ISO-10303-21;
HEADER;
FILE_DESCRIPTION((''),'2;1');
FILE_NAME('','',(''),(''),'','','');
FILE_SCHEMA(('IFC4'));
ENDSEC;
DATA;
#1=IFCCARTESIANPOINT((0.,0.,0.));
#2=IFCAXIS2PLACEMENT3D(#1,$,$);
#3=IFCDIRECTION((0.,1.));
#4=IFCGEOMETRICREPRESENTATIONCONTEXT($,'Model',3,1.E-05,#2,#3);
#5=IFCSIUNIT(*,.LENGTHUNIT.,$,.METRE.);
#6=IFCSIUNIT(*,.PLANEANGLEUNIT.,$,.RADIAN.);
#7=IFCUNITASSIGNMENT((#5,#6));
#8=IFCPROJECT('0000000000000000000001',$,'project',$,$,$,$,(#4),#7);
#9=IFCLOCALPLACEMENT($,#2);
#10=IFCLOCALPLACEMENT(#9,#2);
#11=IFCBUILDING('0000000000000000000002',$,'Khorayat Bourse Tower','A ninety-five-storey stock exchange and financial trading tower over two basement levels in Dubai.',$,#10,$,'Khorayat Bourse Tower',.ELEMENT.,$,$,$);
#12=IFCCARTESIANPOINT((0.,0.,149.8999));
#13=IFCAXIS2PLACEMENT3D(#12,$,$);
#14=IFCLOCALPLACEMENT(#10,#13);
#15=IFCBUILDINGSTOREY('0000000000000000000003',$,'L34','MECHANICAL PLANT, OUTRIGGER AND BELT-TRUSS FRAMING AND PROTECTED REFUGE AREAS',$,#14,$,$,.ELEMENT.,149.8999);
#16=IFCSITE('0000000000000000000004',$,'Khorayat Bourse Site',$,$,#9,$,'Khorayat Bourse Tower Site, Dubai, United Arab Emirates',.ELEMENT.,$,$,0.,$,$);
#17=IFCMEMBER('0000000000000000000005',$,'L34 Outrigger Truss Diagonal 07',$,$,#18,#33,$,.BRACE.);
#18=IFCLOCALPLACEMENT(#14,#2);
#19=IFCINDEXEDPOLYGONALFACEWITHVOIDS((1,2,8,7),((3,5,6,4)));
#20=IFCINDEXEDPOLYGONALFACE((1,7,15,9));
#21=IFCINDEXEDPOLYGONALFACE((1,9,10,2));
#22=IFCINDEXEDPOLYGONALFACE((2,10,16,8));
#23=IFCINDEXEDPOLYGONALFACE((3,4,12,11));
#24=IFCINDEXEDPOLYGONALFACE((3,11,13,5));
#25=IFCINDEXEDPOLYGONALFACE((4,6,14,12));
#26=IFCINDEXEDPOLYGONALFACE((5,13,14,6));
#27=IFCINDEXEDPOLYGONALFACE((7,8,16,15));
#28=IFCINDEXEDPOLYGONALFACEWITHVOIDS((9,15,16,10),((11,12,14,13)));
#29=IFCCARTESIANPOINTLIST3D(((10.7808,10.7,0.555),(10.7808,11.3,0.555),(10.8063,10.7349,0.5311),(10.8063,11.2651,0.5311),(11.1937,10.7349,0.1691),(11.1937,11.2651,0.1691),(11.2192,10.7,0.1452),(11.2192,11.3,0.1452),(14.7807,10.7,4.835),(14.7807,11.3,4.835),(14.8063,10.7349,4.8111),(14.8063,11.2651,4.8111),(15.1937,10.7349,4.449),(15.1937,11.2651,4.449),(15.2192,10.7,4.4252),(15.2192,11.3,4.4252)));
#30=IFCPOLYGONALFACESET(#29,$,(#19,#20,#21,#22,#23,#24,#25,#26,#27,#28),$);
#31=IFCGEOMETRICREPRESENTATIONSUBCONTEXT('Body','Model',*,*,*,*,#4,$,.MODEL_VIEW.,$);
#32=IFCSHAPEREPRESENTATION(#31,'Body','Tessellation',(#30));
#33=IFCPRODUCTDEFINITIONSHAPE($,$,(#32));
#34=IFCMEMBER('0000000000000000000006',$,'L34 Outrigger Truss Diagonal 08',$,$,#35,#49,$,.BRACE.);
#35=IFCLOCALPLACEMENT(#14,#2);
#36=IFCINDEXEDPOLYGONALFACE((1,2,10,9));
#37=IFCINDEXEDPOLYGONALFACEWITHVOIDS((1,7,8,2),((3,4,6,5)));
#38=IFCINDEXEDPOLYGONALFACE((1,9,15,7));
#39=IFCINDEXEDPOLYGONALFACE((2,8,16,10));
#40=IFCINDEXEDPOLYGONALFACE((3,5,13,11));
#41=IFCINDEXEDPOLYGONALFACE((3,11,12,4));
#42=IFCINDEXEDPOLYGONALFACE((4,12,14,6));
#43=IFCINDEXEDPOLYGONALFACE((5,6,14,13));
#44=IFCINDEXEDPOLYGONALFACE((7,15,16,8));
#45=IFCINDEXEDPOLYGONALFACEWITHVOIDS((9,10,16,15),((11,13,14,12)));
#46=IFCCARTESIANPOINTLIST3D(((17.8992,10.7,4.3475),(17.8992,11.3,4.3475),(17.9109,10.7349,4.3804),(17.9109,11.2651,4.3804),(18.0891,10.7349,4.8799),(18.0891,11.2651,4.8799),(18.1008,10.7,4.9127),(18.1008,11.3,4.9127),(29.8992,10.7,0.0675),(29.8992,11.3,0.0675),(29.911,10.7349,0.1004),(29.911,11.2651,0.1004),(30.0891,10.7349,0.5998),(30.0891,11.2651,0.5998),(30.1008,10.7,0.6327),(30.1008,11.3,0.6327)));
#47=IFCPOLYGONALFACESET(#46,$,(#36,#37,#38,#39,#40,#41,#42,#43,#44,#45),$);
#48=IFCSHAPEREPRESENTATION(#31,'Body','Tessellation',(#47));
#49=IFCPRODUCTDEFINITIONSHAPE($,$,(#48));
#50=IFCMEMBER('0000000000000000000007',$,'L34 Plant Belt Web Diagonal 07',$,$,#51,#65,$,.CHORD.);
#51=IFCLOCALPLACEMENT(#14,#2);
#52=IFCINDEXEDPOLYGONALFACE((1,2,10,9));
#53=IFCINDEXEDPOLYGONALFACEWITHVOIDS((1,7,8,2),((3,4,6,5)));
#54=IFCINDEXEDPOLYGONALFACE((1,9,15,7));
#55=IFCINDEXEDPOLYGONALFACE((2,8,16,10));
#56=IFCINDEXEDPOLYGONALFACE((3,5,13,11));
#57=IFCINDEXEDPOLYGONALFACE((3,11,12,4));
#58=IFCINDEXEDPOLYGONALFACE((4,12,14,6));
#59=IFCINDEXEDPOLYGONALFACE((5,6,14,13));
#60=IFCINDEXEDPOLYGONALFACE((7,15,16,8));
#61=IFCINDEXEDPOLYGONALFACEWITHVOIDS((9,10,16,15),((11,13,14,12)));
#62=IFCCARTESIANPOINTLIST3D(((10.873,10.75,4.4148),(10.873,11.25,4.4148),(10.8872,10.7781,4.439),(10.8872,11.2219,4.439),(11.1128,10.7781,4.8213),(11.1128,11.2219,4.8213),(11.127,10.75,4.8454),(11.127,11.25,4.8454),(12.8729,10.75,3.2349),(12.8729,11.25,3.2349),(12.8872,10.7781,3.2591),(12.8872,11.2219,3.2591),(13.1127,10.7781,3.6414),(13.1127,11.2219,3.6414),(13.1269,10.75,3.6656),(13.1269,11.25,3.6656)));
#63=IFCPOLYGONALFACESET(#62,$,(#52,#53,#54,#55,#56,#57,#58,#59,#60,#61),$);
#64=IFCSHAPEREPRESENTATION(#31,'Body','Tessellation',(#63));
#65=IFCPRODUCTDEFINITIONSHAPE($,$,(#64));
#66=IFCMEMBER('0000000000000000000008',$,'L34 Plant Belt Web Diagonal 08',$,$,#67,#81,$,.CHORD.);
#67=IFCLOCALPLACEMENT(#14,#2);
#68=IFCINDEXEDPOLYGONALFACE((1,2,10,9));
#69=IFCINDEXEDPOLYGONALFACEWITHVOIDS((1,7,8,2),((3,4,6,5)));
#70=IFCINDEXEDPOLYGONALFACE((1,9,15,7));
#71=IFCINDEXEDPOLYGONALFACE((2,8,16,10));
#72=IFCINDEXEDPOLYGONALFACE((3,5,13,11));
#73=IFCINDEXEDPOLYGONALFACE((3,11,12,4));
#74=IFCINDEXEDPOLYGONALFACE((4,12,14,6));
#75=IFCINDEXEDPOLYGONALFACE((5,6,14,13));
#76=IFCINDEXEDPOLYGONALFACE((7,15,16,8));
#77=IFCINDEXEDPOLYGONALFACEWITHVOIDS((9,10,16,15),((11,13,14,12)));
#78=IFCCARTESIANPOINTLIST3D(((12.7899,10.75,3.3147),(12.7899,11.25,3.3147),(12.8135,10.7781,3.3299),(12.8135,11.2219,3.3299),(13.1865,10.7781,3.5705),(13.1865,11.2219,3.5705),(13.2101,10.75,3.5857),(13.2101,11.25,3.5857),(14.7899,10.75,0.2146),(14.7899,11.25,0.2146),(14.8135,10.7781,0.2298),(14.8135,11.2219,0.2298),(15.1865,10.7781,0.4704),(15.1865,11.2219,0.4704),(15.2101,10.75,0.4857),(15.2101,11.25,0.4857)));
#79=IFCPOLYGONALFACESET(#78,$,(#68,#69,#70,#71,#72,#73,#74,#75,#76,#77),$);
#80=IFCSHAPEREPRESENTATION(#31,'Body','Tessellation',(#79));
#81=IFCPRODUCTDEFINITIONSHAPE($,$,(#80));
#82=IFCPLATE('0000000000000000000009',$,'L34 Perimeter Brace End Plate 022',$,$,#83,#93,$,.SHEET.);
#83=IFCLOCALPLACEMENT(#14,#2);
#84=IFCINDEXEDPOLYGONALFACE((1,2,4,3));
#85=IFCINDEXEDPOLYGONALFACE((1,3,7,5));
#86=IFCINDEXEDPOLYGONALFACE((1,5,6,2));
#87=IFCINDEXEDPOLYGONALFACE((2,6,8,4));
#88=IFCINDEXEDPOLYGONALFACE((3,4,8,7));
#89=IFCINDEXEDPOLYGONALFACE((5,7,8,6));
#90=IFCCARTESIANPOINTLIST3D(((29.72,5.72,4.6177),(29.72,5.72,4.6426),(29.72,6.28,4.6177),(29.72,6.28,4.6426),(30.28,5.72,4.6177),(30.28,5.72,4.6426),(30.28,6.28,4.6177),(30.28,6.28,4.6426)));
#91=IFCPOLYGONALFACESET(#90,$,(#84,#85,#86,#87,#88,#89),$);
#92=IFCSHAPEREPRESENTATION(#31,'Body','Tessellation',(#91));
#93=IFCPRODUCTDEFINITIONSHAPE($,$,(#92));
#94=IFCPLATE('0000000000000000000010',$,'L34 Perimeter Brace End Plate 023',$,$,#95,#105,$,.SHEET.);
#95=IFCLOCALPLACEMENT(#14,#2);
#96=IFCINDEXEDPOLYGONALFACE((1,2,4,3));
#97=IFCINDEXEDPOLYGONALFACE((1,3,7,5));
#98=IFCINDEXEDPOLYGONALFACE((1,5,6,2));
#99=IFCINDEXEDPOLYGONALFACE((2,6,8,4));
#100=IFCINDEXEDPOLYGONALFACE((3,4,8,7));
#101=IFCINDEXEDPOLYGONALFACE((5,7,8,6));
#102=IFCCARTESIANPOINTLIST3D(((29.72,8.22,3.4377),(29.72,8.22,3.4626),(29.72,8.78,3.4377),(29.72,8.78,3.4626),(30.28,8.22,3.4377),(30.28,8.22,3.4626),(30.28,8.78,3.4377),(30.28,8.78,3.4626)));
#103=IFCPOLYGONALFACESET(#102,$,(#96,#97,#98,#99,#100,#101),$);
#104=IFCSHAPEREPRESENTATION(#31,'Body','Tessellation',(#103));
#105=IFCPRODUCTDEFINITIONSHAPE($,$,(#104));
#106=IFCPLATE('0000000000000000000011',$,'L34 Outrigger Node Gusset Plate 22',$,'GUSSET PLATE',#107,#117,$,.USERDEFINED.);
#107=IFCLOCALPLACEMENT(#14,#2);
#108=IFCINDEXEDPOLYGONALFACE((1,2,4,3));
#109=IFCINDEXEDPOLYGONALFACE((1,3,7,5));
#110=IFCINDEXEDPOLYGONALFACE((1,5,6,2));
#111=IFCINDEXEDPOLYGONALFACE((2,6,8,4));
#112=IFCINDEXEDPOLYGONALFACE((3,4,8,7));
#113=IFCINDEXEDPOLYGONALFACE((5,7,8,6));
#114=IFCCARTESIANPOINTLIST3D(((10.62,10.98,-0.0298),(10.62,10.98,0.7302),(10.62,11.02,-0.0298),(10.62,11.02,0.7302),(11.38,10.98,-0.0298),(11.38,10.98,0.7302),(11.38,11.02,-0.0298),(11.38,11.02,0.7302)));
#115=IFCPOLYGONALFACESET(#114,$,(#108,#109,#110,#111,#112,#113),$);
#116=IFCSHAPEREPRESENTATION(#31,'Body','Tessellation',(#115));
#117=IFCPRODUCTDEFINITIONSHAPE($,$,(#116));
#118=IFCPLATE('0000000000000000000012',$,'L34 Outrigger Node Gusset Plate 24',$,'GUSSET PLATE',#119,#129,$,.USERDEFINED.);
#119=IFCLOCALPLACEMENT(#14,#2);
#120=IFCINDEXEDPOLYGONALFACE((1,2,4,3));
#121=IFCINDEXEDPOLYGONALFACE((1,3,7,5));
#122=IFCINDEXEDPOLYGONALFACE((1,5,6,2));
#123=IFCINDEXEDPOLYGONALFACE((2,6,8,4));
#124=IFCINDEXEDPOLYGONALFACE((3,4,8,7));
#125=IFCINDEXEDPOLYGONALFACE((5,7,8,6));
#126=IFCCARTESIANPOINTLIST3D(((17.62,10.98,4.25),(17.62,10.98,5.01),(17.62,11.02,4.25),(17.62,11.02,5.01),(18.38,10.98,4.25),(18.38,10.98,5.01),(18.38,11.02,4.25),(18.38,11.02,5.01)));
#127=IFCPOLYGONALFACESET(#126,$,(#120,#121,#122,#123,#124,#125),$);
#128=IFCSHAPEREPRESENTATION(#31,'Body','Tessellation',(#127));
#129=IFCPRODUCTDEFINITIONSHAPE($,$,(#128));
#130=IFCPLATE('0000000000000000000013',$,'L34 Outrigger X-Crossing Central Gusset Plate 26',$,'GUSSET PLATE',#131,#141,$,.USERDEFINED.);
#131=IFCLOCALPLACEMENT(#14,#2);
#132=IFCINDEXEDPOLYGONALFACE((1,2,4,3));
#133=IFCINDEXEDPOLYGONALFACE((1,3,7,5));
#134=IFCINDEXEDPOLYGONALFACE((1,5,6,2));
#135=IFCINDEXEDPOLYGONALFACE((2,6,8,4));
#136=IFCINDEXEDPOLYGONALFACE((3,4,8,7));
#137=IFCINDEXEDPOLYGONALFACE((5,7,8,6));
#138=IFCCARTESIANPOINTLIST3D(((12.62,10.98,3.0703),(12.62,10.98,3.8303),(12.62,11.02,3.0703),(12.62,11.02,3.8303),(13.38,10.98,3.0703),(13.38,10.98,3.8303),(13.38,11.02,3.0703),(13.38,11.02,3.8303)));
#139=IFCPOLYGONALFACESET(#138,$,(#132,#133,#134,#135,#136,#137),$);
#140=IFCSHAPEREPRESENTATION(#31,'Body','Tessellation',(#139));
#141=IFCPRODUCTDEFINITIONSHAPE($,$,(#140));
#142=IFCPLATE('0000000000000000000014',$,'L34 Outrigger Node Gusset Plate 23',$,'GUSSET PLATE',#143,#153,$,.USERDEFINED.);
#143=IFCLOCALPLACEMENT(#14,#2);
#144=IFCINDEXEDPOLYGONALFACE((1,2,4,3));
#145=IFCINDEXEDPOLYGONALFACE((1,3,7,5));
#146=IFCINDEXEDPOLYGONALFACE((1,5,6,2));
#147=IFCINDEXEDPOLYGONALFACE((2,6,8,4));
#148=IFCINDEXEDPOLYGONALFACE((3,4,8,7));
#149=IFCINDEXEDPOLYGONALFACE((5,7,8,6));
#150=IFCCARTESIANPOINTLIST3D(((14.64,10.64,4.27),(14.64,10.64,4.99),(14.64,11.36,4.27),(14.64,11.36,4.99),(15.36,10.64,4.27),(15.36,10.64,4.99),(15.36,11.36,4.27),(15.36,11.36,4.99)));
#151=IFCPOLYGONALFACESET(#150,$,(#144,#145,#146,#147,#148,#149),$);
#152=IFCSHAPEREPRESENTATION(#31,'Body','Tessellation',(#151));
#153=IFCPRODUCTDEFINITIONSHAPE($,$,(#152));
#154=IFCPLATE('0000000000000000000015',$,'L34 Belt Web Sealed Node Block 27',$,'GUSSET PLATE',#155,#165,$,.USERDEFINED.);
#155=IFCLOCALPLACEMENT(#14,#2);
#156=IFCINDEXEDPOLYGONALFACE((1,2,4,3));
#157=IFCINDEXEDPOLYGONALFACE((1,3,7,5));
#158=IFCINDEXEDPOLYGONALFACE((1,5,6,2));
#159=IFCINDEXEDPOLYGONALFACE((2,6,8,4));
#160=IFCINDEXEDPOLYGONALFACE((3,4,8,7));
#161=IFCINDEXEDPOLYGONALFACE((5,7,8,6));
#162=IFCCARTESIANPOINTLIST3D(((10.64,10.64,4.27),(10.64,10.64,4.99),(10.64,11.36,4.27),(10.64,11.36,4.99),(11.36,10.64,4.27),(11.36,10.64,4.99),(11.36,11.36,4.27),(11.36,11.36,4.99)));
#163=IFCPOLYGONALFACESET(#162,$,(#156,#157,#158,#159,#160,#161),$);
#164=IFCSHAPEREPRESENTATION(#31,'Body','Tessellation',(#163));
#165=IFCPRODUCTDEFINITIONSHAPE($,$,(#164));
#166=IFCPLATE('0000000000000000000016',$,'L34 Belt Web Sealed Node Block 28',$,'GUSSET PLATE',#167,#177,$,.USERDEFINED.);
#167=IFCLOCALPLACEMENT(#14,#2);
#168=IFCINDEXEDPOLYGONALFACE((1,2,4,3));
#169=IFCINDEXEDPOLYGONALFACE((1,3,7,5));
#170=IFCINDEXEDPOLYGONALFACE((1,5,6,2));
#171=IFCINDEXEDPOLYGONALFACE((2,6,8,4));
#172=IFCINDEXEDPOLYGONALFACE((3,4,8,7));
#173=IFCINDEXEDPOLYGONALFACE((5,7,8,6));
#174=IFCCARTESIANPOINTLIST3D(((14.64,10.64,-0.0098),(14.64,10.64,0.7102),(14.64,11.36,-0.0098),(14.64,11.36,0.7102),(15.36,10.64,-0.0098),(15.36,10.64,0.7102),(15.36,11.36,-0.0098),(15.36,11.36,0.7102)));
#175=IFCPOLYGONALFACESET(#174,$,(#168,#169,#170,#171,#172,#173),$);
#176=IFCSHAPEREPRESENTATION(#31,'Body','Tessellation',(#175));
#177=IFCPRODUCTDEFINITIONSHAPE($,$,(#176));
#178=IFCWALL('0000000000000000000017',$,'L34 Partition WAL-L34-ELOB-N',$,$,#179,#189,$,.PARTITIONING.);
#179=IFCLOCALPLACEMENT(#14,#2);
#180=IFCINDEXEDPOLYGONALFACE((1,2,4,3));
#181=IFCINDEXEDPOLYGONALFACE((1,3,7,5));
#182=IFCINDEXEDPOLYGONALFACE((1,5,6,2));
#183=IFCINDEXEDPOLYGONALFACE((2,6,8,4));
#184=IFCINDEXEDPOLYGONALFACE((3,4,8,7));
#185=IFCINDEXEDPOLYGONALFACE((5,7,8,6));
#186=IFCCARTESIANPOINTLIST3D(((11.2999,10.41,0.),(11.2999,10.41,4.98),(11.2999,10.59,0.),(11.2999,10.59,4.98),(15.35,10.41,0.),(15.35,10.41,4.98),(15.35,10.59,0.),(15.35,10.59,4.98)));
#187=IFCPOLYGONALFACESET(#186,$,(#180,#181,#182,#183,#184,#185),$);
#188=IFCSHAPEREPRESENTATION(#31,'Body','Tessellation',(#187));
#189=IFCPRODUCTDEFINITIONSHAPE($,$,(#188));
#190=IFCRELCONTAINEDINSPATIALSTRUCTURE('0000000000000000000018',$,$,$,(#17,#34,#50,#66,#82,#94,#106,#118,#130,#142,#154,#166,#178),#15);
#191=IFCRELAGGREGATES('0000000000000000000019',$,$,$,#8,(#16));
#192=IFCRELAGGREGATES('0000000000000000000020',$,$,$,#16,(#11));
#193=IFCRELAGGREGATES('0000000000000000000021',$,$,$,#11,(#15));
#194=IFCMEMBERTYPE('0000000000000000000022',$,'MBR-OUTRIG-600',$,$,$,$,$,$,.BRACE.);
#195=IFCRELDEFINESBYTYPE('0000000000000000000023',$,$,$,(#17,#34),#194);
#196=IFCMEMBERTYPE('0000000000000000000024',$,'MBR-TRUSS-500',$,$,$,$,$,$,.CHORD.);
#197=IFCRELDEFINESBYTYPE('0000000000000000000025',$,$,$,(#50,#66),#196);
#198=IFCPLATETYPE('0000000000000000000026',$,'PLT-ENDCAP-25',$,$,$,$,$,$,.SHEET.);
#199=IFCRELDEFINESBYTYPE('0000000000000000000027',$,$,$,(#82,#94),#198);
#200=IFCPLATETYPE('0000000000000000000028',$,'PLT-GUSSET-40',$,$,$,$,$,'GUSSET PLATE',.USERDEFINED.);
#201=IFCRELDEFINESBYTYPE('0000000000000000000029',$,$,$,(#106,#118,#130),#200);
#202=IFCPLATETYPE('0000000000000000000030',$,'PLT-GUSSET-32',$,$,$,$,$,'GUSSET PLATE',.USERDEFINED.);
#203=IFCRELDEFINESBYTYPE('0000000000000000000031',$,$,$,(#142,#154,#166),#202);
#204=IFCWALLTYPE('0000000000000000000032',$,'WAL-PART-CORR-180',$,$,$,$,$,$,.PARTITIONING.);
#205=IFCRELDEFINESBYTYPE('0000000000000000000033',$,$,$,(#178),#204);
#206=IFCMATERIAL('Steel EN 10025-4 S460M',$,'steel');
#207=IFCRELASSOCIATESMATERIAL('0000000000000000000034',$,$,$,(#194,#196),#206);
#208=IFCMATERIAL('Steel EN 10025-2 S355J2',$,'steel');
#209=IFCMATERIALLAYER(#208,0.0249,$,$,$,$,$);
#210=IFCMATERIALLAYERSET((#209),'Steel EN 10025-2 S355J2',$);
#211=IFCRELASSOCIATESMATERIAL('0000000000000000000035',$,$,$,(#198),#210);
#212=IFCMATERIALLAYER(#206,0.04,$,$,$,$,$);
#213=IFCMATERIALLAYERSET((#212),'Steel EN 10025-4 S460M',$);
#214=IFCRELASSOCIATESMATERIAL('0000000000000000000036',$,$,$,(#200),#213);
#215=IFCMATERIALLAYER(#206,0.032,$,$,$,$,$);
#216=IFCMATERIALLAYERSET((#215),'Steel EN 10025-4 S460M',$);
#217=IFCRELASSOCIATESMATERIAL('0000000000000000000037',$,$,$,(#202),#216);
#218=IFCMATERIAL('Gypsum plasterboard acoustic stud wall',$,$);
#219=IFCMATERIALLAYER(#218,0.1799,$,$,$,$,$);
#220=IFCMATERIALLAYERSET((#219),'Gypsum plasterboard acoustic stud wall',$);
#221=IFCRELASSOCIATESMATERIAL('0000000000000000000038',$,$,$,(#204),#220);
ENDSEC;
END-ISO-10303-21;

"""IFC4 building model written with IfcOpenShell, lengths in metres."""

from ifc_helpers import new_model, si_unit, direction, frame, frame_2d, origin, origin_2d, place, context, subcontext, project, spatial, rectangle, hollow_rectangle, extrude, source, transform, mapped, material, layer, layer_set, material_profile, profile_set, type_object, element, save


model = new_model("IFC4")

# Units and contexts
model_context = context("Model", 3, precision=1e-05, world=origin(), true_north=direction((0.0, 1.0)))
body_context = subcontext(model_context, "Body", "Model", "MODEL_VIEW")
ifc_project = project(units=[si_unit("LENGTHUNIT", "METRE"), si_unit("PLANEANGLEUNIT", "RADIAN")], contexts=[model_context])

# Site, building, storey
site_placement = place(None, origin())
site = spatial("IfcSite", under=ifc_project, at=site_placement, Name="Khorayat Bourse Site", LongName="Khorayat Bourse Tower Site, Dubai, United Arab Emirates", CompositionType="ELEMENT", RefElevation=0.0)
building_placement = place(site_placement, origin())
building = spatial("IfcBuilding", under=site, at=building_placement, Name="Khorayat Bourse Tower", Description="A ninety-five-storey stock exchange and financial trading tower over two basement levels in Dubai.", LongName="Khorayat Bourse Tower", CompositionType="ELEMENT")
storey_placement = place(building_placement, frame((0.0, 0.0, 149.8999)))
storey = spatial("IfcBuildingStorey", under=building, at=storey_placement, Name="L34", Description="MECHANICAL PLANT, OUTRIGGER AND BELT-TRUSS FRAMING AND PROTECTED REFUGE AREAS", CompositionType="ELEMENT", Elevation=149.8999)

# Shared definitions
ifc_material_1 = material(Name="Steel EN 10025-4 S460M", Category="steel")

# Members
ifc_material_profile_1 = material_profile(ifc_material_1, hollow_rectangle(XDim=0.6001, YDim=0.6001, WallThickness=0.0349, at=origin_2d()), Name="BOX 600x600x35")
ifc_profile_set_1 = profile_set([ifc_material_profile_1], Name="Steel EN 10025-4 S460M")
member_type_1 = type_object("IfcMemberType", Name="MBR-OUTRIG-600", PredefinedType="BRACE", material=ifc_profile_set_1)
shared_shape_1 = source(origin(), body_context, "Body", "SweptSolid", [
    extrude(hollow_rectangle(XDim=0.6001, YDim=0.6001, WallThickness=0.0349, at=origin_2d()), origin(), (0.0, 0.0, 1.0), 5.8582),
])
member_1_placement = place(storey_placement, frame((11.0, 11.0, 0.3501), z_axis=(0.682802, 0.0, 0.730603), x_axis=(0.0, 1.0, 0.0)))
element("IfcMember", 1, at=member_1_placement, inside=storey, type_object=member_type_1, Name="L34 Outrigger Truss Diagonal 07", PredefinedType="BRACE", context=body_context, shape_type="MappedRepresentation", body=[
    mapped(shared_shape_1, transform((0.0, 0.0, 0.0), scale=1.0)),
])
shared_shape_2 = source(origin(), body_context, "Body", "SweptSolid", [
    extrude(hollow_rectangle(XDim=0.6001, YDim=0.6001, WallThickness=0.0349, at=origin_2d()), origin(), (0.0, 0.0, 1.0), 12.7405),
])
member_2_placement = place(storey_placement, frame((18.0, 11.0, 4.6301), z_axis=(0.941883, 0.0, -0.335941), x_axis=(0.0, 1.0, 0.0)))
element("IfcMember", 2, at=member_2_placement, inside=storey, type_object=member_type_1, Name="L34 Outrigger Truss Diagonal 08", PredefinedType="BRACE", context=body_context, shape_type="MappedRepresentation", body=[
    mapped(shared_shape_2, transform((0.0, 0.0, 0.0), scale=1.0)),
])
ifc_material_profile_2 = material_profile(ifc_material_1, hollow_rectangle(XDim=0.5, YDim=0.5, WallThickness=0.0281, at=origin_2d()), Name="HSS 500x500x28")
ifc_profile_set_2 = profile_set([ifc_material_profile_2], Name="Steel EN 10025-4 S460M")
member_type_2 = type_object("IfcMemberType", Name="MBR-TRUSS-500", PredefinedType="CHORD", material=ifc_profile_set_2)
shared_shape_3 = source(origin(), body_context, "Body", "SweptSolid", [
    extrude(hollow_rectangle(XDim=0.5, YDim=0.5, WallThickness=0.0281, at=origin_2d()), origin(), (0.0, 0.0, 1.0), 2.322),
])
member_3_placement = place(storey_placement, frame((11.0, 11.0, 4.6301), z_axis=(0.861282, 0.0, -0.508127), x_axis=(0.0, 1.0, 0.0)))
element("IfcMember", 3, at=member_3_placement, inside=storey, type_object=member_type_2, Name="L34 Plant Belt Web Diagonal 07", PredefinedType="CHORD", context=body_context, shape_type="MappedRepresentation", body=[
    mapped(shared_shape_3, transform((0.0, 0.0, 0.0), scale=1.0)),
])
shared_shape_4 = source(origin(), body_context, "Body", "SweptSolid", [
    extrude(hollow_rectangle(XDim=0.5, YDim=0.5, WallThickness=0.0281, at=origin_2d()), origin(), (0.0, 0.0, 1.0), 3.6892),
])
member_4_placement = place(storey_placement, frame((13.0, 11.0, 3.4502), z_axis=(0.542115, 0.0, -0.840304), x_axis=(0.0, 1.0, 0.0)))
element("IfcMember", 4, at=member_4_placement, inside=storey, type_object=member_type_2, Name="L34 Plant Belt Web Diagonal 08", PredefinedType="CHORD", context=body_context, shape_type="MappedRepresentation", body=[
    mapped(shared_shape_4, transform((0.0, 0.0, 0.0), scale=1.0)),
])

# Plates
ifc_material_2 = material(Name="Steel EN 10025-2 S355J2", Category="steel")
ifc_layer_1 = layer(ifc_material_2, 0.0249)
ifc_layer_set_1 = layer_set([ifc_layer_1], Name="Steel EN 10025-2 S355J2")
plate_type_1 = type_object("IfcPlateType", Name="PLT-ENDCAP-25", PredefinedType="SHEET", material=ifc_layer_set_1)
shared_shape_5 = source(origin(), body_context, "Body", "SweptSolid", [
    extrude(rectangle(XDim=0.5601, YDim=0.5601, at=origin_2d()), origin(), (0.0, 0.0, 1.0), 0.0249),
])
for number, where, z_axis, x_axis, name in (
    (5, (30.0, 6.0, 4.6177), (0.0, 0.0, 1.0), (1.0, 0.0, 0.0), "L34 Perimeter Brace End Plate 022"),
    (6, (30.0, 8.5, 3.4377), (0.0, 0.0, 1.0), (1.0, 0.0, 0.0), "L34 Perimeter Brace End Plate 023"),
):
    element("IfcPlate", number, at=place(storey_placement, frame(where, z_axis=z_axis, x_axis=x_axis)), inside=storey, type_object=plate_type_1, Name=name, PredefinedType="SHEET", context=body_context, shape_type="MappedRepresentation", body=[
        mapped(shared_shape_5, transform((0.0, 0.0, 0.0), scale=1.0)),
    ])
ifc_layer_2 = layer(ifc_material_1, 0.04)
ifc_layer_set_2 = layer_set([ifc_layer_2], Name="Steel EN 10025-4 S460M")
plate_type_2 = type_object("IfcPlateType", Name="PLT-GUSSET-40", ElementType="GUSSET PLATE", PredefinedType="USERDEFINED", material=ifc_layer_set_2)
shared_shape_6 = source(origin(), body_context, "Body", "SweptSolid", [
    extrude(rectangle(XDim=0.76, YDim=0.04, at=origin_2d()), origin(), (0.0, 0.0, 1.0), 0.76),
])
for number, where, z_axis, x_axis, name in (
    (7, (11.0, 11.0, -0.0298), (0.0, 0.0, 1.0), (1.0, 0.0, 0.0), "L34 Outrigger Node Gusset Plate 22"),
    (8, (18.0, 11.0, 4.25), (0.0, 0.0, 1.0), (1.0, 0.0, 0.0), "L34 Outrigger Node Gusset Plate 24"),
    (9, (13.0, 11.0, 3.0703), (0.0, 0.0, 1.0), (1.0, 0.0, 0.0), "L34 Outrigger X-Crossing Central Gusset Plate 26"),
):
    element("IfcPlate", number, at=place(storey_placement, frame(where, z_axis=z_axis, x_axis=x_axis)), inside=storey, type_object=plate_type_2, Name=name, ObjectType="GUSSET PLATE", PredefinedType="USERDEFINED", context=body_context, shape_type="MappedRepresentation", body=[
        mapped(shared_shape_6, transform((0.0, 0.0, 0.0), scale=1.0)),
    ])
ifc_layer_3 = layer(ifc_material_1, 0.032)
ifc_layer_set_3 = layer_set([ifc_layer_3], Name="Steel EN 10025-4 S460M")
plate_type_3 = type_object("IfcPlateType", Name="PLT-GUSSET-32", ElementType="GUSSET PLATE", PredefinedType="USERDEFINED", material=ifc_layer_set_3)
shared_shape_7 = source(origin(), body_context, "Body", "SweptSolid", [
    extrude(rectangle(XDim=0.72, YDim=0.72, at=origin_2d()), origin(), (0.0, 0.0, 1.0), 0.72),
])
for number, where, z_axis, x_axis, name in (
    (10, (15.0, 11.0, 4.27), (0.0, 0.0, 1.0), (1.0, 0.0, 0.0), "L34 Outrigger Node Gusset Plate 23"),
    (11, (11.0, 11.0, 4.27), (0.0, 0.0, 1.0), (1.0, 0.0, 0.0), "L34 Belt Web Sealed Node Block 27"),
    (12, (15.0, 11.0, -0.0098), (0.0, 0.0, 1.0), (1.0, 0.0, 0.0), "L34 Belt Web Sealed Node Block 28"),
):
    element("IfcPlate", number, at=place(storey_placement, frame(where, z_axis=z_axis, x_axis=x_axis)), inside=storey, type_object=plate_type_3, Name=name, ObjectType="GUSSET PLATE", PredefinedType="USERDEFINED", context=body_context, shape_type="MappedRepresentation", body=[
        mapped(shared_shape_7, transform((0.0, 0.0, 0.0), scale=1.0)),
    ])

# Wall
ifc_material_3 = material(Name="Gypsum plasterboard acoustic stud wall")
ifc_layer_4 = layer(ifc_material_3, 0.1799)
ifc_layer_set_4 = layer_set([ifc_layer_4], Name="Gypsum plasterboard acoustic stud wall")
wall_type_1 = type_object("IfcWallType", Name="WAL-PART-CORR-180", PredefinedType="PARTITIONING", material=ifc_layer_set_4)
shared_shape_8 = source(origin(), body_context, "Body", "SweptSolid", [
    extrude(rectangle(XDim=4.05, YDim=0.1799, at=frame_2d((2.0249, 0.0))), origin(), (0.0, 0.0, 1.0), 4.98),
])
wall_1_placement = place(storey_placement, frame((11.3, 10.5, 0.0), z_axis=(0.0, 0.0, 1.0), x_axis=(1.0, 0.0, 0.0)))
element("IfcWall", 13, at=wall_1_placement, inside=storey, type_object=wall_type_1, Name="L34 Partition WAL-L34-ELOB-N", PredefinedType="PARTITIONING", context=body_context, shape_type="MappedRepresentation", body=[
    mapped(shared_shape_8, transform((0.0, 0.0, 0.0), scale=1.0)),
])

save(model, "model.ifc")
